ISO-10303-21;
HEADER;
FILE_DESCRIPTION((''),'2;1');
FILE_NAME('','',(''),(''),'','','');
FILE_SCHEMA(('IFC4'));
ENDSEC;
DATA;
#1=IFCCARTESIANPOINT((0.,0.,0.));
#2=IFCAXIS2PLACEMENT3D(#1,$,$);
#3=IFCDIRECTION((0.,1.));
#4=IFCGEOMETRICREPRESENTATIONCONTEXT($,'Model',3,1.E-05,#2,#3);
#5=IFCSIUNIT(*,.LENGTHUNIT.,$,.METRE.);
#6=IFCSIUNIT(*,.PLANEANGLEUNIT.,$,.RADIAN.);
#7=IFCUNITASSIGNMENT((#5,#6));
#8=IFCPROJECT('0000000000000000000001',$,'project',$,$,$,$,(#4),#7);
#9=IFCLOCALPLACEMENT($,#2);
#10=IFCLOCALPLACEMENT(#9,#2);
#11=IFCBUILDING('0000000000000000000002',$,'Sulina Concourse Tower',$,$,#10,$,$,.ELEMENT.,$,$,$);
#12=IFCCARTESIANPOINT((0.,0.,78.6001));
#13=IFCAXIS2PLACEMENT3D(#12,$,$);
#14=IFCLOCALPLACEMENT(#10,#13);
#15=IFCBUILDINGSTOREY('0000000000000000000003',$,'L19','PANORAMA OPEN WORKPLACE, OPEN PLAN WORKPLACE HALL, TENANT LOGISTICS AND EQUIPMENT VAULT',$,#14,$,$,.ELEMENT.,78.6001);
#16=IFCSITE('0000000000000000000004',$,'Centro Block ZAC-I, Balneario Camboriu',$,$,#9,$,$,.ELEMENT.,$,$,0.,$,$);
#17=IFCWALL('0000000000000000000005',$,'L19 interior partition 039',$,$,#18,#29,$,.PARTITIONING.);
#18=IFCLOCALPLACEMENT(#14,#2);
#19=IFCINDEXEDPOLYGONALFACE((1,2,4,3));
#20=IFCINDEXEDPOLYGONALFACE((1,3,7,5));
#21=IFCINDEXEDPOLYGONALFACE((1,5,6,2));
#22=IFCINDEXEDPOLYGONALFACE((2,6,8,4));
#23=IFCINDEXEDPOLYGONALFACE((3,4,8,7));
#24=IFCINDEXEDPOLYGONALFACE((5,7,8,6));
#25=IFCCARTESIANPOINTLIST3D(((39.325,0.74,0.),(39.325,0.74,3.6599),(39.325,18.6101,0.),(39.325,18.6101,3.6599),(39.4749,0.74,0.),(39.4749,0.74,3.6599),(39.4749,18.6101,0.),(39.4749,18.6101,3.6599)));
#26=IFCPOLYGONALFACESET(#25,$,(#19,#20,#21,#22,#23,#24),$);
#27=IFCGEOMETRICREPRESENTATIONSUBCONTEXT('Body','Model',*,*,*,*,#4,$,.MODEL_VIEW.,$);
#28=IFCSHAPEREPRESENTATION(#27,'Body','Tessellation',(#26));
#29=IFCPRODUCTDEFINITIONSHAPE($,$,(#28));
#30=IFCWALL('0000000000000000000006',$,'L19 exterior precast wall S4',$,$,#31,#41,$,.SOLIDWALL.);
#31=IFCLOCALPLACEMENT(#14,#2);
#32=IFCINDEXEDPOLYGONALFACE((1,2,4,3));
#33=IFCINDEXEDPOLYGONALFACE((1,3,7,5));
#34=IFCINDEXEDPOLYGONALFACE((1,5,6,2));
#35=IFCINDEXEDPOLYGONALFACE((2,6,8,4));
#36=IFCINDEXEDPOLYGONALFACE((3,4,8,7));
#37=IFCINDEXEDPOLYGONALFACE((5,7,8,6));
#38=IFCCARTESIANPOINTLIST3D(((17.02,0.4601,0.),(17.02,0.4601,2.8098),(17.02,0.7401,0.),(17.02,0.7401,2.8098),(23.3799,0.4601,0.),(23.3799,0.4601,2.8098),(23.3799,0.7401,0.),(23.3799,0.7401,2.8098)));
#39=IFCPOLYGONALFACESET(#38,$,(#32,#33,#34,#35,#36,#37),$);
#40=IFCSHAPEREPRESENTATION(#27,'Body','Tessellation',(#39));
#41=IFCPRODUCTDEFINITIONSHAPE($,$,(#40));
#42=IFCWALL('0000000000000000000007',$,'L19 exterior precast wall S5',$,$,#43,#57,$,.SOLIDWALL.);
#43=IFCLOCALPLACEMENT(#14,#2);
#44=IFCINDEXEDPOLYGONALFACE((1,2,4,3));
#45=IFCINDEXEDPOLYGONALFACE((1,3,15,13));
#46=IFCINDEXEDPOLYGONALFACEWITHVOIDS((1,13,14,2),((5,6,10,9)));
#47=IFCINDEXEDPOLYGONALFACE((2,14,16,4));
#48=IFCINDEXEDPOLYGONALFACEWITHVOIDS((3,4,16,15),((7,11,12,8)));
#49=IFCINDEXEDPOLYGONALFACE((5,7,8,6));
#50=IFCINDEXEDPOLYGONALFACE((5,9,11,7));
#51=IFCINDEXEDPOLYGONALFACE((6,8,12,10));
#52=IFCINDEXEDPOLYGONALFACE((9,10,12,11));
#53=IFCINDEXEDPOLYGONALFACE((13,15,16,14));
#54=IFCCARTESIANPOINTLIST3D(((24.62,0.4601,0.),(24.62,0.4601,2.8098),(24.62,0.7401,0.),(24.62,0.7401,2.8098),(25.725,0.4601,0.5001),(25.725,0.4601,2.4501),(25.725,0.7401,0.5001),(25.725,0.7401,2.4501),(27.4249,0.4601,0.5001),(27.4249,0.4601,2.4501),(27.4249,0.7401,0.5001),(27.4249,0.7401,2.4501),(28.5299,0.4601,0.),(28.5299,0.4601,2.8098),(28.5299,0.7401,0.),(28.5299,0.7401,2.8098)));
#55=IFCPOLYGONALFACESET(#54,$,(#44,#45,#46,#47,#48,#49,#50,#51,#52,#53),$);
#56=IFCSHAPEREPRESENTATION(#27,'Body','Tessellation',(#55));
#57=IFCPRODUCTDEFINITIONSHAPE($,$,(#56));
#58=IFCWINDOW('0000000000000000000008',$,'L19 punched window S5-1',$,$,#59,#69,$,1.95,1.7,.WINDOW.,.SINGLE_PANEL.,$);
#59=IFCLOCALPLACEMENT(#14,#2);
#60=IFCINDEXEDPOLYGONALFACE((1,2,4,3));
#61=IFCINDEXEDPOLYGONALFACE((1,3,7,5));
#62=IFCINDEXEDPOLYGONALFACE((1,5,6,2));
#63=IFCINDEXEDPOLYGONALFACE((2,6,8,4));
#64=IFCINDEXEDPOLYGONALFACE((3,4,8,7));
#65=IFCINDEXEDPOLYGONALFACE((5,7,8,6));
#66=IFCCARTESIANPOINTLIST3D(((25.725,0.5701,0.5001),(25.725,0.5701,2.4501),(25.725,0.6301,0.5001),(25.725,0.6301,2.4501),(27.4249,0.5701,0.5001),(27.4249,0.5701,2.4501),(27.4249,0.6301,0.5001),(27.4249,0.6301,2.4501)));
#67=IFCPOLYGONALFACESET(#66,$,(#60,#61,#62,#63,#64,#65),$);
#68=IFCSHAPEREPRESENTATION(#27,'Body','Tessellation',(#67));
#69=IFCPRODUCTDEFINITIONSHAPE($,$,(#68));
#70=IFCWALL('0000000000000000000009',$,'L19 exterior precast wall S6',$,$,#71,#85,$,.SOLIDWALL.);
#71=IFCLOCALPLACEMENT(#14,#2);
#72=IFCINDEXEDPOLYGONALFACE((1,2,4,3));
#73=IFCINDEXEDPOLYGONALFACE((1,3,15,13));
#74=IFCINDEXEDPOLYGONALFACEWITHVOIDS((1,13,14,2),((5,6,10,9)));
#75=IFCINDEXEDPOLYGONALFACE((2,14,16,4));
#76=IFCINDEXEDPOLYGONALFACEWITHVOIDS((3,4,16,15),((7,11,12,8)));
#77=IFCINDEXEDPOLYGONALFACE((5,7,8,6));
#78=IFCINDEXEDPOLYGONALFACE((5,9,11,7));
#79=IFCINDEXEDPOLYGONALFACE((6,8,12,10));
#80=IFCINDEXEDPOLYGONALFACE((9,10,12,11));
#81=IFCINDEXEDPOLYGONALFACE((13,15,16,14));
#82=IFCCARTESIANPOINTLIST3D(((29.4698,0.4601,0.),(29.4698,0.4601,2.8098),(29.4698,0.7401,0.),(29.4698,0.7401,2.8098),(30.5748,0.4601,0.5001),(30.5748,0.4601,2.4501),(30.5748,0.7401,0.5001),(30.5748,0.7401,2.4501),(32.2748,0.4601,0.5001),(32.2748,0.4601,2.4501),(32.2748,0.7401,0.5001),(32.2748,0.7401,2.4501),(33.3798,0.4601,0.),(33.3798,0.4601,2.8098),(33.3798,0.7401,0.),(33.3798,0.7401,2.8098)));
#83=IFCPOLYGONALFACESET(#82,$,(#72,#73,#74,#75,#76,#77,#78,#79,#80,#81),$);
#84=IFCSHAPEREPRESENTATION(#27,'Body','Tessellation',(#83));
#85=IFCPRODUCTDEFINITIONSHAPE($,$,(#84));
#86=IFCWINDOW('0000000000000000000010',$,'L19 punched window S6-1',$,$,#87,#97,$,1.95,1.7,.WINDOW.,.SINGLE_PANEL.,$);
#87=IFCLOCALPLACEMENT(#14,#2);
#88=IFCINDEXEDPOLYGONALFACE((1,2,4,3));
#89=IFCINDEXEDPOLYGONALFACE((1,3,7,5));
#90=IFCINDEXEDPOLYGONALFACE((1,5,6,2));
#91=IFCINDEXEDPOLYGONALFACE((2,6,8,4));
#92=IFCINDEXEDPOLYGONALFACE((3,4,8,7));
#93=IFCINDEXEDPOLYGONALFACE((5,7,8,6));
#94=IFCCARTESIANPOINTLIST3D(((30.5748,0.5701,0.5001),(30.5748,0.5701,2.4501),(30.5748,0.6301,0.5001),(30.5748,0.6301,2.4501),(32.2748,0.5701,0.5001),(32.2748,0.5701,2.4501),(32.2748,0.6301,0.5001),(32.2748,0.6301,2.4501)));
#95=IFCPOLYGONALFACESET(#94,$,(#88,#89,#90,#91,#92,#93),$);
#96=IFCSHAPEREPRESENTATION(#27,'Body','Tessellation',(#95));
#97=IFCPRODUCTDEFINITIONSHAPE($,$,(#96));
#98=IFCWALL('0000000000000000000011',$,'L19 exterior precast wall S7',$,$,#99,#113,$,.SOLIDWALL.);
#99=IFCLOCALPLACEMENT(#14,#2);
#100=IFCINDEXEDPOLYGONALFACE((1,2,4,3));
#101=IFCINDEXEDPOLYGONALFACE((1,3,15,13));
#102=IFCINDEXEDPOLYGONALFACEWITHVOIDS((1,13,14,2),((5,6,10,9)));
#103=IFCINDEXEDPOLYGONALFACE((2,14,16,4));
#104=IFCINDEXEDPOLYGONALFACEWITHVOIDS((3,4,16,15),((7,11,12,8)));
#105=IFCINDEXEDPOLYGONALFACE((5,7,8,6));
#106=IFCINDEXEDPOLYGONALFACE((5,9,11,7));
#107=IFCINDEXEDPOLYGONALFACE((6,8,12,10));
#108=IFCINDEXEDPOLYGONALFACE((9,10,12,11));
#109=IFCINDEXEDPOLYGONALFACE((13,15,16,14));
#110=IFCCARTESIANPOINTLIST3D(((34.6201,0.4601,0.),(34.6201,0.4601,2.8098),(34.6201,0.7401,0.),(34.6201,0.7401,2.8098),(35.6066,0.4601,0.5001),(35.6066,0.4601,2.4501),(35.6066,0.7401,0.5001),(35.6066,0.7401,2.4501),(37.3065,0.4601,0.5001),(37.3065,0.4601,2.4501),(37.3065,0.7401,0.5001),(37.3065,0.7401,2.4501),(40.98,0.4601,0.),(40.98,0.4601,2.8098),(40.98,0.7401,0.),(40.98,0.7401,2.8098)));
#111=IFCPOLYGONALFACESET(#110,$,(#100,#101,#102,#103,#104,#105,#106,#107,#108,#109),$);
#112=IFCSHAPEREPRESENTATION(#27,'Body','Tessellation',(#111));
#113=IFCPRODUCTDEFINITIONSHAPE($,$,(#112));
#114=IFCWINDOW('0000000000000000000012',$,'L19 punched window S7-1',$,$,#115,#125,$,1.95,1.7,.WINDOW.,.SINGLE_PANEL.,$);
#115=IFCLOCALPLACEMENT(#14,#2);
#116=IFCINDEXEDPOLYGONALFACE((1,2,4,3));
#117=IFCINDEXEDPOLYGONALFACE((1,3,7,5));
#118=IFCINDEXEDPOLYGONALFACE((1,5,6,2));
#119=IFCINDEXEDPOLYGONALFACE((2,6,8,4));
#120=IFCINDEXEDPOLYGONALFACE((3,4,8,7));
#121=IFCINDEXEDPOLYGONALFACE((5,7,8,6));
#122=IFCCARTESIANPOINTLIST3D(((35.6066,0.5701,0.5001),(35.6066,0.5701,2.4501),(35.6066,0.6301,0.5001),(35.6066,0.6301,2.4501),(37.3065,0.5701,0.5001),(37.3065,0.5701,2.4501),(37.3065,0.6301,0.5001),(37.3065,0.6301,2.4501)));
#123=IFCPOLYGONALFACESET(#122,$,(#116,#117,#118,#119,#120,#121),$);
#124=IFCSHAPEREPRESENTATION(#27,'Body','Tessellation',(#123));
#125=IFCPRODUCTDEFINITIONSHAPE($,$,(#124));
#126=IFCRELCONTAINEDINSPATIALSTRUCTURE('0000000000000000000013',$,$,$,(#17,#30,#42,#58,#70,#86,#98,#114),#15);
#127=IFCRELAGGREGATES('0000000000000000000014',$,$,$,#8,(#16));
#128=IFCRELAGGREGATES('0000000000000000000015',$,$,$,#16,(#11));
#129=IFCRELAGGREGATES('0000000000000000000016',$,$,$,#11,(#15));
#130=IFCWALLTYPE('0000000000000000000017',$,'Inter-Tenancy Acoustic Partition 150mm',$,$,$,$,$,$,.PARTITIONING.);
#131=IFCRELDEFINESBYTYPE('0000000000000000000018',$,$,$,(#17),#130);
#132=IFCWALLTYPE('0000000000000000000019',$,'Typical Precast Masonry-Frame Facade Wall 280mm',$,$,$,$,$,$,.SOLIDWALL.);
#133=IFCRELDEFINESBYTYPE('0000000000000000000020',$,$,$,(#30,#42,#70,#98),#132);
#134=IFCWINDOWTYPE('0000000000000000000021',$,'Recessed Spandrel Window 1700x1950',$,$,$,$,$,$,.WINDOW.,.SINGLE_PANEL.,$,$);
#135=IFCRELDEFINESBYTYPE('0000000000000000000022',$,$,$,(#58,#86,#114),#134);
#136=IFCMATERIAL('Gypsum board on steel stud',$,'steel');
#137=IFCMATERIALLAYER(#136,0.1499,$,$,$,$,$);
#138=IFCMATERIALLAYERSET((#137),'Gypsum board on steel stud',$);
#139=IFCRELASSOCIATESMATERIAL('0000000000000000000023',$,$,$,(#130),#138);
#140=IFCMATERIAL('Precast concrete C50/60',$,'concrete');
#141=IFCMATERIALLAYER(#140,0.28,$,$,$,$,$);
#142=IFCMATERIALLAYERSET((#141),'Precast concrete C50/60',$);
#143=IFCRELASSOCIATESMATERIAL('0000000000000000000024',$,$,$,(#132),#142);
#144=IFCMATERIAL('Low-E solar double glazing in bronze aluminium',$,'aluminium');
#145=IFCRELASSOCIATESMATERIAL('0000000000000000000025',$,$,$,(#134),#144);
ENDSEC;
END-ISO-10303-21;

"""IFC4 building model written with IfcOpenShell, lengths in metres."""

from ifc_helpers import new_model, si_unit, direction, frame, frame_2d, origin, place, context, subcontext, project, spatial, rectangle, extrude, material, layer, layer_set, type_object, element, fill, save


model = new_model("IFC4")

# Units and contexts
model_context = context("Model", 3, precision=1e-05, world=origin(), true_north=direction((0.0, 1.0)))
body_context = subcontext(model_context, "Body", "Model", "MODEL_VIEW")
ifc_project = project(units=[si_unit("LENGTHUNIT", "METRE"), si_unit("PLANEANGLEUNIT", "RADIAN")], contexts=[model_context])

# Site, building, storey
site_placement = place(None, origin())
site = spatial("IfcSite", under=ifc_project, at=site_placement, Name="Centro Block ZAC-I, Balneario Camboriu", CompositionType="ELEMENT", RefElevation=0.0)
building_placement = place(site_placement, origin())
building = spatial("IfcBuilding", under=site, at=building_placement, Name="Sulina Concourse Tower", CompositionType="ELEMENT")
storey_placement = place(building_placement, frame((0.0, 0.0, 78.6001)))
storey = spatial("IfcBuildingStorey", under=building, at=storey_placement, Name="L19", Description="PANORAMA OPEN WORKPLACE, OPEN PLAN WORKPLACE HALL, TENANT LOGISTICS AND EQUIPMENT VAULT", CompositionType="ELEMENT", Elevation=78.6001)

# Walls
ifc_material_1 = material(Name="Gypsum board on steel stud", Category="steel")
ifc_layer_1 = layer(ifc_material_1, 0.1499)
ifc_layer_set_1 = layer_set([ifc_layer_1], Name="Gypsum board on steel stud")
wall_type_1 = type_object("IfcWallType", Name="Inter-Tenancy Acoustic Partition 150mm", PredefinedType="PARTITIONING", material=ifc_layer_set_1)
wall_1_placement = place(storey_placement, frame((39.3999, 0.74, 0.0), z_axis=(0.0, 0.0, 1.0), x_axis=(0.0, 1.0, 0.0)))
element("IfcWall", 1, at=wall_1_placement, inside=storey, type_object=wall_type_1, Name="L19 interior partition 039", PredefinedType="PARTITIONING", context=body_context, shape_type="SweptSolid", body=[
    extrude(rectangle(XDim=17.8701, YDim=0.1499, at=frame_2d((8.9351, 0.0))), origin(), (0.0, 0.0, 1.0), 3.6599),
])
ifc_material_2 = material(Name="Precast concrete C50/60", Category="concrete")
ifc_layer_2 = layer(ifc_material_2, 0.28)
ifc_layer_set_2 = layer_set([ifc_layer_2], Name="Precast concrete C50/60")
wall_type_2 = type_object("IfcWallType", Name="Typical Precast Masonry-Frame Facade Wall 280mm", PredefinedType="SOLIDWALL", material=ifc_layer_set_2)
wall_2_placement = place(storey_placement, frame((23.3799, 0.6001, 0.0), z_axis=(0.0, 0.0, 1.0), x_axis=(-1.0, 0.0, 0.0)))
element("IfcWall", 2, at=wall_2_placement, inside=storey, type_object=wall_type_2, Name="L19 exterior precast wall S4", PredefinedType="SOLIDWALL", context=body_context, shape_type="SweptSolid", body=[
    extrude(rectangle(XDim=6.3599, YDim=0.28, at=frame_2d((3.1799, 0.0))), origin(), (0.0, 0.0, 1.0), 2.8098),
])

# Walls, openings, windows
wall_3_placement = place(storey_placement, frame((28.53, 0.6001, 0.0), z_axis=(0.0, 0.0, 1.0), x_axis=(-1.0, 0.0, 0.0)))
wall_3 = element("IfcWall", 3, at=wall_3_placement, inside=storey, type_object=wall_type_2, Name="L19 exterior precast wall S5", PredefinedType="SOLIDWALL", context=body_context, shape_type="SweptSolid", body=[
    extrude(rectangle(XDim=3.9099, YDim=0.28, at=frame_2d((1.9551, 0.0))), origin(), (0.0, 0.0, 1.0), 2.8098),
])
opening_1_placement = place(wall_3_placement, frame((1.105, 0.0, 0.5)))
opening_1 = element("IfcOpeningElement", 4, at=opening_1_placement, cuts=wall_3, PredefinedType="OPENING", context=body_context, shape_type="SweptSolid", body=[
    extrude(rectangle(XDim=1.7, YDim=1.95, at=frame_2d((0.8501, 0.9751))), frame((0.0, 0.1499, 0.0), z_axis=(0.0, -1.0, 0.0), x_axis=(1.0, 0.0, 0.0)), (0.0, 0.0, 1.0), 0.3),
])
ifc_material_3 = material(Name="Low-E solar double glazing in bronze aluminium", Category="aluminium")
window_type = type_object("IfcWindowType", Name="Recessed Spandrel Window 1700x1950", PartitioningType="SINGLE_PANEL", PredefinedType="WINDOW", material=ifc_material_3)
window_1_placement = place(opening_1_placement, origin())
window_1 = element("IfcWindow", 5, at=window_1_placement, inside=storey, type_object=window_type, Name="L19 punched window S5-1", OverallHeight=1.95, OverallWidth=1.7, PartitioningType="SINGLE_PANEL", PredefinedType="WINDOW", context=body_context, shape_type="SweptSolid", body=[
    extrude(rectangle(XDim=1.7, YDim=1.95, at=frame_2d((0.8501, 0.9751))), frame((0.0, 0.03, 0.0), z_axis=(0.0, -1.0, 0.0), x_axis=(1.0, 0.0, 0.0)), (0.0, 0.0, 1.0), 0.0601),
])
fill(opening_1, window_1)
wall_4_placement = place(storey_placement, frame((33.3799, 0.6001, 0.0), z_axis=(0.0, 0.0, 1.0), x_axis=(-1.0, 0.0, 0.0)))
wall_4 = element("IfcWall", 6, at=wall_4_placement, inside=storey, type_object=wall_type_2, Name="L19 exterior precast wall S6", PredefinedType="SOLIDWALL", context=body_context, shape_type="SweptSolid", body=[
    extrude(rectangle(XDim=3.9099, YDim=0.28, at=frame_2d((1.9551, 0.0))), origin(), (0.0, 0.0, 1.0), 2.8098),
])
opening_2_placement = place(wall_4_placement, frame((1.105, 0.0, 0.5)))
opening_2 = element("IfcOpeningElement", 7, at=opening_2_placement, cuts=wall_4, PredefinedType="OPENING", context=body_context, shape_type="SweptSolid", body=[
    extrude(rectangle(XDim=1.7, YDim=1.95, at=frame_2d((0.8501, 0.9751))), frame((0.0, 0.1499, 0.0), z_axis=(0.0, -1.0, 0.0), x_axis=(1.0, 0.0, 0.0)), (0.0, 0.0, 1.0), 0.3),
])
window_2_placement = place(opening_2_placement, origin())
window_2 = element("IfcWindow", 8, at=window_2_placement, inside=storey, type_object=window_type, Name="L19 punched window S6-1", OverallHeight=1.95, OverallWidth=1.7, PartitioningType="SINGLE_PANEL", PredefinedType="WINDOW", context=body_context, shape_type="SweptSolid", body=[
    extrude(rectangle(XDim=1.7, YDim=1.95, at=frame_2d((0.8501, 0.9751))), frame((0.0, 0.03, 0.0), z_axis=(0.0, -1.0, 0.0), x_axis=(1.0, 0.0, 0.0)), (0.0, 0.0, 1.0), 0.0601),
])
fill(opening_2, window_2)
wall_5_placement = place(storey_placement, frame((40.98, 0.6001, 0.0), z_axis=(0.0, 0.0, 1.0), x_axis=(-1.0, 0.0, 0.0)))
wall_5 = element("IfcWall", 9, at=wall_5_placement, inside=storey, type_object=wall_type_2, Name="L19 exterior precast wall S7", PredefinedType="SOLIDWALL", context=body_context, shape_type="SweptSolid", body=[
    extrude(rectangle(XDim=6.3599, YDim=0.28, at=frame_2d((3.1799, 0.0))), origin(), (0.0, 0.0, 1.0), 2.8098),
])
opening_3_placement = place(wall_5_placement, frame((3.6733, 0.0, 0.5)))
opening_3 = element("IfcOpeningElement", 10, at=opening_3_placement, cuts=wall_5, PredefinedType="OPENING", context=body_context, shape_type="SweptSolid", body=[
    extrude(rectangle(XDim=1.7, YDim=1.95, at=frame_2d((0.8501, 0.9751))), frame((0.0, 0.1499, 0.0), z_axis=(0.0, -1.0, 0.0), x_axis=(1.0, 0.0, 0.0)), (0.0, 0.0, 1.0), 0.3),
])
window_3_placement = place(opening_3_placement, origin())
window_3 = element("IfcWindow", 11, at=window_3_placement, inside=storey, type_object=window_type, Name="L19 punched window S7-1", OverallHeight=1.95, OverallWidth=1.7, PartitioningType="SINGLE_PANEL", PredefinedType="WINDOW", context=body_context, shape_type="SweptSolid", body=[
    extrude(rectangle(XDim=1.7, YDim=1.95, at=frame_2d((0.8501, 0.9751))), frame((0.0, 0.03, 0.0), z_axis=(0.0, -1.0, 0.0), x_axis=(1.0, 0.0, 0.0)), (0.0, 0.0, 1.0), 0.0601),
])
fill(opening_3, window_3)

save(model, "model.ifc")
